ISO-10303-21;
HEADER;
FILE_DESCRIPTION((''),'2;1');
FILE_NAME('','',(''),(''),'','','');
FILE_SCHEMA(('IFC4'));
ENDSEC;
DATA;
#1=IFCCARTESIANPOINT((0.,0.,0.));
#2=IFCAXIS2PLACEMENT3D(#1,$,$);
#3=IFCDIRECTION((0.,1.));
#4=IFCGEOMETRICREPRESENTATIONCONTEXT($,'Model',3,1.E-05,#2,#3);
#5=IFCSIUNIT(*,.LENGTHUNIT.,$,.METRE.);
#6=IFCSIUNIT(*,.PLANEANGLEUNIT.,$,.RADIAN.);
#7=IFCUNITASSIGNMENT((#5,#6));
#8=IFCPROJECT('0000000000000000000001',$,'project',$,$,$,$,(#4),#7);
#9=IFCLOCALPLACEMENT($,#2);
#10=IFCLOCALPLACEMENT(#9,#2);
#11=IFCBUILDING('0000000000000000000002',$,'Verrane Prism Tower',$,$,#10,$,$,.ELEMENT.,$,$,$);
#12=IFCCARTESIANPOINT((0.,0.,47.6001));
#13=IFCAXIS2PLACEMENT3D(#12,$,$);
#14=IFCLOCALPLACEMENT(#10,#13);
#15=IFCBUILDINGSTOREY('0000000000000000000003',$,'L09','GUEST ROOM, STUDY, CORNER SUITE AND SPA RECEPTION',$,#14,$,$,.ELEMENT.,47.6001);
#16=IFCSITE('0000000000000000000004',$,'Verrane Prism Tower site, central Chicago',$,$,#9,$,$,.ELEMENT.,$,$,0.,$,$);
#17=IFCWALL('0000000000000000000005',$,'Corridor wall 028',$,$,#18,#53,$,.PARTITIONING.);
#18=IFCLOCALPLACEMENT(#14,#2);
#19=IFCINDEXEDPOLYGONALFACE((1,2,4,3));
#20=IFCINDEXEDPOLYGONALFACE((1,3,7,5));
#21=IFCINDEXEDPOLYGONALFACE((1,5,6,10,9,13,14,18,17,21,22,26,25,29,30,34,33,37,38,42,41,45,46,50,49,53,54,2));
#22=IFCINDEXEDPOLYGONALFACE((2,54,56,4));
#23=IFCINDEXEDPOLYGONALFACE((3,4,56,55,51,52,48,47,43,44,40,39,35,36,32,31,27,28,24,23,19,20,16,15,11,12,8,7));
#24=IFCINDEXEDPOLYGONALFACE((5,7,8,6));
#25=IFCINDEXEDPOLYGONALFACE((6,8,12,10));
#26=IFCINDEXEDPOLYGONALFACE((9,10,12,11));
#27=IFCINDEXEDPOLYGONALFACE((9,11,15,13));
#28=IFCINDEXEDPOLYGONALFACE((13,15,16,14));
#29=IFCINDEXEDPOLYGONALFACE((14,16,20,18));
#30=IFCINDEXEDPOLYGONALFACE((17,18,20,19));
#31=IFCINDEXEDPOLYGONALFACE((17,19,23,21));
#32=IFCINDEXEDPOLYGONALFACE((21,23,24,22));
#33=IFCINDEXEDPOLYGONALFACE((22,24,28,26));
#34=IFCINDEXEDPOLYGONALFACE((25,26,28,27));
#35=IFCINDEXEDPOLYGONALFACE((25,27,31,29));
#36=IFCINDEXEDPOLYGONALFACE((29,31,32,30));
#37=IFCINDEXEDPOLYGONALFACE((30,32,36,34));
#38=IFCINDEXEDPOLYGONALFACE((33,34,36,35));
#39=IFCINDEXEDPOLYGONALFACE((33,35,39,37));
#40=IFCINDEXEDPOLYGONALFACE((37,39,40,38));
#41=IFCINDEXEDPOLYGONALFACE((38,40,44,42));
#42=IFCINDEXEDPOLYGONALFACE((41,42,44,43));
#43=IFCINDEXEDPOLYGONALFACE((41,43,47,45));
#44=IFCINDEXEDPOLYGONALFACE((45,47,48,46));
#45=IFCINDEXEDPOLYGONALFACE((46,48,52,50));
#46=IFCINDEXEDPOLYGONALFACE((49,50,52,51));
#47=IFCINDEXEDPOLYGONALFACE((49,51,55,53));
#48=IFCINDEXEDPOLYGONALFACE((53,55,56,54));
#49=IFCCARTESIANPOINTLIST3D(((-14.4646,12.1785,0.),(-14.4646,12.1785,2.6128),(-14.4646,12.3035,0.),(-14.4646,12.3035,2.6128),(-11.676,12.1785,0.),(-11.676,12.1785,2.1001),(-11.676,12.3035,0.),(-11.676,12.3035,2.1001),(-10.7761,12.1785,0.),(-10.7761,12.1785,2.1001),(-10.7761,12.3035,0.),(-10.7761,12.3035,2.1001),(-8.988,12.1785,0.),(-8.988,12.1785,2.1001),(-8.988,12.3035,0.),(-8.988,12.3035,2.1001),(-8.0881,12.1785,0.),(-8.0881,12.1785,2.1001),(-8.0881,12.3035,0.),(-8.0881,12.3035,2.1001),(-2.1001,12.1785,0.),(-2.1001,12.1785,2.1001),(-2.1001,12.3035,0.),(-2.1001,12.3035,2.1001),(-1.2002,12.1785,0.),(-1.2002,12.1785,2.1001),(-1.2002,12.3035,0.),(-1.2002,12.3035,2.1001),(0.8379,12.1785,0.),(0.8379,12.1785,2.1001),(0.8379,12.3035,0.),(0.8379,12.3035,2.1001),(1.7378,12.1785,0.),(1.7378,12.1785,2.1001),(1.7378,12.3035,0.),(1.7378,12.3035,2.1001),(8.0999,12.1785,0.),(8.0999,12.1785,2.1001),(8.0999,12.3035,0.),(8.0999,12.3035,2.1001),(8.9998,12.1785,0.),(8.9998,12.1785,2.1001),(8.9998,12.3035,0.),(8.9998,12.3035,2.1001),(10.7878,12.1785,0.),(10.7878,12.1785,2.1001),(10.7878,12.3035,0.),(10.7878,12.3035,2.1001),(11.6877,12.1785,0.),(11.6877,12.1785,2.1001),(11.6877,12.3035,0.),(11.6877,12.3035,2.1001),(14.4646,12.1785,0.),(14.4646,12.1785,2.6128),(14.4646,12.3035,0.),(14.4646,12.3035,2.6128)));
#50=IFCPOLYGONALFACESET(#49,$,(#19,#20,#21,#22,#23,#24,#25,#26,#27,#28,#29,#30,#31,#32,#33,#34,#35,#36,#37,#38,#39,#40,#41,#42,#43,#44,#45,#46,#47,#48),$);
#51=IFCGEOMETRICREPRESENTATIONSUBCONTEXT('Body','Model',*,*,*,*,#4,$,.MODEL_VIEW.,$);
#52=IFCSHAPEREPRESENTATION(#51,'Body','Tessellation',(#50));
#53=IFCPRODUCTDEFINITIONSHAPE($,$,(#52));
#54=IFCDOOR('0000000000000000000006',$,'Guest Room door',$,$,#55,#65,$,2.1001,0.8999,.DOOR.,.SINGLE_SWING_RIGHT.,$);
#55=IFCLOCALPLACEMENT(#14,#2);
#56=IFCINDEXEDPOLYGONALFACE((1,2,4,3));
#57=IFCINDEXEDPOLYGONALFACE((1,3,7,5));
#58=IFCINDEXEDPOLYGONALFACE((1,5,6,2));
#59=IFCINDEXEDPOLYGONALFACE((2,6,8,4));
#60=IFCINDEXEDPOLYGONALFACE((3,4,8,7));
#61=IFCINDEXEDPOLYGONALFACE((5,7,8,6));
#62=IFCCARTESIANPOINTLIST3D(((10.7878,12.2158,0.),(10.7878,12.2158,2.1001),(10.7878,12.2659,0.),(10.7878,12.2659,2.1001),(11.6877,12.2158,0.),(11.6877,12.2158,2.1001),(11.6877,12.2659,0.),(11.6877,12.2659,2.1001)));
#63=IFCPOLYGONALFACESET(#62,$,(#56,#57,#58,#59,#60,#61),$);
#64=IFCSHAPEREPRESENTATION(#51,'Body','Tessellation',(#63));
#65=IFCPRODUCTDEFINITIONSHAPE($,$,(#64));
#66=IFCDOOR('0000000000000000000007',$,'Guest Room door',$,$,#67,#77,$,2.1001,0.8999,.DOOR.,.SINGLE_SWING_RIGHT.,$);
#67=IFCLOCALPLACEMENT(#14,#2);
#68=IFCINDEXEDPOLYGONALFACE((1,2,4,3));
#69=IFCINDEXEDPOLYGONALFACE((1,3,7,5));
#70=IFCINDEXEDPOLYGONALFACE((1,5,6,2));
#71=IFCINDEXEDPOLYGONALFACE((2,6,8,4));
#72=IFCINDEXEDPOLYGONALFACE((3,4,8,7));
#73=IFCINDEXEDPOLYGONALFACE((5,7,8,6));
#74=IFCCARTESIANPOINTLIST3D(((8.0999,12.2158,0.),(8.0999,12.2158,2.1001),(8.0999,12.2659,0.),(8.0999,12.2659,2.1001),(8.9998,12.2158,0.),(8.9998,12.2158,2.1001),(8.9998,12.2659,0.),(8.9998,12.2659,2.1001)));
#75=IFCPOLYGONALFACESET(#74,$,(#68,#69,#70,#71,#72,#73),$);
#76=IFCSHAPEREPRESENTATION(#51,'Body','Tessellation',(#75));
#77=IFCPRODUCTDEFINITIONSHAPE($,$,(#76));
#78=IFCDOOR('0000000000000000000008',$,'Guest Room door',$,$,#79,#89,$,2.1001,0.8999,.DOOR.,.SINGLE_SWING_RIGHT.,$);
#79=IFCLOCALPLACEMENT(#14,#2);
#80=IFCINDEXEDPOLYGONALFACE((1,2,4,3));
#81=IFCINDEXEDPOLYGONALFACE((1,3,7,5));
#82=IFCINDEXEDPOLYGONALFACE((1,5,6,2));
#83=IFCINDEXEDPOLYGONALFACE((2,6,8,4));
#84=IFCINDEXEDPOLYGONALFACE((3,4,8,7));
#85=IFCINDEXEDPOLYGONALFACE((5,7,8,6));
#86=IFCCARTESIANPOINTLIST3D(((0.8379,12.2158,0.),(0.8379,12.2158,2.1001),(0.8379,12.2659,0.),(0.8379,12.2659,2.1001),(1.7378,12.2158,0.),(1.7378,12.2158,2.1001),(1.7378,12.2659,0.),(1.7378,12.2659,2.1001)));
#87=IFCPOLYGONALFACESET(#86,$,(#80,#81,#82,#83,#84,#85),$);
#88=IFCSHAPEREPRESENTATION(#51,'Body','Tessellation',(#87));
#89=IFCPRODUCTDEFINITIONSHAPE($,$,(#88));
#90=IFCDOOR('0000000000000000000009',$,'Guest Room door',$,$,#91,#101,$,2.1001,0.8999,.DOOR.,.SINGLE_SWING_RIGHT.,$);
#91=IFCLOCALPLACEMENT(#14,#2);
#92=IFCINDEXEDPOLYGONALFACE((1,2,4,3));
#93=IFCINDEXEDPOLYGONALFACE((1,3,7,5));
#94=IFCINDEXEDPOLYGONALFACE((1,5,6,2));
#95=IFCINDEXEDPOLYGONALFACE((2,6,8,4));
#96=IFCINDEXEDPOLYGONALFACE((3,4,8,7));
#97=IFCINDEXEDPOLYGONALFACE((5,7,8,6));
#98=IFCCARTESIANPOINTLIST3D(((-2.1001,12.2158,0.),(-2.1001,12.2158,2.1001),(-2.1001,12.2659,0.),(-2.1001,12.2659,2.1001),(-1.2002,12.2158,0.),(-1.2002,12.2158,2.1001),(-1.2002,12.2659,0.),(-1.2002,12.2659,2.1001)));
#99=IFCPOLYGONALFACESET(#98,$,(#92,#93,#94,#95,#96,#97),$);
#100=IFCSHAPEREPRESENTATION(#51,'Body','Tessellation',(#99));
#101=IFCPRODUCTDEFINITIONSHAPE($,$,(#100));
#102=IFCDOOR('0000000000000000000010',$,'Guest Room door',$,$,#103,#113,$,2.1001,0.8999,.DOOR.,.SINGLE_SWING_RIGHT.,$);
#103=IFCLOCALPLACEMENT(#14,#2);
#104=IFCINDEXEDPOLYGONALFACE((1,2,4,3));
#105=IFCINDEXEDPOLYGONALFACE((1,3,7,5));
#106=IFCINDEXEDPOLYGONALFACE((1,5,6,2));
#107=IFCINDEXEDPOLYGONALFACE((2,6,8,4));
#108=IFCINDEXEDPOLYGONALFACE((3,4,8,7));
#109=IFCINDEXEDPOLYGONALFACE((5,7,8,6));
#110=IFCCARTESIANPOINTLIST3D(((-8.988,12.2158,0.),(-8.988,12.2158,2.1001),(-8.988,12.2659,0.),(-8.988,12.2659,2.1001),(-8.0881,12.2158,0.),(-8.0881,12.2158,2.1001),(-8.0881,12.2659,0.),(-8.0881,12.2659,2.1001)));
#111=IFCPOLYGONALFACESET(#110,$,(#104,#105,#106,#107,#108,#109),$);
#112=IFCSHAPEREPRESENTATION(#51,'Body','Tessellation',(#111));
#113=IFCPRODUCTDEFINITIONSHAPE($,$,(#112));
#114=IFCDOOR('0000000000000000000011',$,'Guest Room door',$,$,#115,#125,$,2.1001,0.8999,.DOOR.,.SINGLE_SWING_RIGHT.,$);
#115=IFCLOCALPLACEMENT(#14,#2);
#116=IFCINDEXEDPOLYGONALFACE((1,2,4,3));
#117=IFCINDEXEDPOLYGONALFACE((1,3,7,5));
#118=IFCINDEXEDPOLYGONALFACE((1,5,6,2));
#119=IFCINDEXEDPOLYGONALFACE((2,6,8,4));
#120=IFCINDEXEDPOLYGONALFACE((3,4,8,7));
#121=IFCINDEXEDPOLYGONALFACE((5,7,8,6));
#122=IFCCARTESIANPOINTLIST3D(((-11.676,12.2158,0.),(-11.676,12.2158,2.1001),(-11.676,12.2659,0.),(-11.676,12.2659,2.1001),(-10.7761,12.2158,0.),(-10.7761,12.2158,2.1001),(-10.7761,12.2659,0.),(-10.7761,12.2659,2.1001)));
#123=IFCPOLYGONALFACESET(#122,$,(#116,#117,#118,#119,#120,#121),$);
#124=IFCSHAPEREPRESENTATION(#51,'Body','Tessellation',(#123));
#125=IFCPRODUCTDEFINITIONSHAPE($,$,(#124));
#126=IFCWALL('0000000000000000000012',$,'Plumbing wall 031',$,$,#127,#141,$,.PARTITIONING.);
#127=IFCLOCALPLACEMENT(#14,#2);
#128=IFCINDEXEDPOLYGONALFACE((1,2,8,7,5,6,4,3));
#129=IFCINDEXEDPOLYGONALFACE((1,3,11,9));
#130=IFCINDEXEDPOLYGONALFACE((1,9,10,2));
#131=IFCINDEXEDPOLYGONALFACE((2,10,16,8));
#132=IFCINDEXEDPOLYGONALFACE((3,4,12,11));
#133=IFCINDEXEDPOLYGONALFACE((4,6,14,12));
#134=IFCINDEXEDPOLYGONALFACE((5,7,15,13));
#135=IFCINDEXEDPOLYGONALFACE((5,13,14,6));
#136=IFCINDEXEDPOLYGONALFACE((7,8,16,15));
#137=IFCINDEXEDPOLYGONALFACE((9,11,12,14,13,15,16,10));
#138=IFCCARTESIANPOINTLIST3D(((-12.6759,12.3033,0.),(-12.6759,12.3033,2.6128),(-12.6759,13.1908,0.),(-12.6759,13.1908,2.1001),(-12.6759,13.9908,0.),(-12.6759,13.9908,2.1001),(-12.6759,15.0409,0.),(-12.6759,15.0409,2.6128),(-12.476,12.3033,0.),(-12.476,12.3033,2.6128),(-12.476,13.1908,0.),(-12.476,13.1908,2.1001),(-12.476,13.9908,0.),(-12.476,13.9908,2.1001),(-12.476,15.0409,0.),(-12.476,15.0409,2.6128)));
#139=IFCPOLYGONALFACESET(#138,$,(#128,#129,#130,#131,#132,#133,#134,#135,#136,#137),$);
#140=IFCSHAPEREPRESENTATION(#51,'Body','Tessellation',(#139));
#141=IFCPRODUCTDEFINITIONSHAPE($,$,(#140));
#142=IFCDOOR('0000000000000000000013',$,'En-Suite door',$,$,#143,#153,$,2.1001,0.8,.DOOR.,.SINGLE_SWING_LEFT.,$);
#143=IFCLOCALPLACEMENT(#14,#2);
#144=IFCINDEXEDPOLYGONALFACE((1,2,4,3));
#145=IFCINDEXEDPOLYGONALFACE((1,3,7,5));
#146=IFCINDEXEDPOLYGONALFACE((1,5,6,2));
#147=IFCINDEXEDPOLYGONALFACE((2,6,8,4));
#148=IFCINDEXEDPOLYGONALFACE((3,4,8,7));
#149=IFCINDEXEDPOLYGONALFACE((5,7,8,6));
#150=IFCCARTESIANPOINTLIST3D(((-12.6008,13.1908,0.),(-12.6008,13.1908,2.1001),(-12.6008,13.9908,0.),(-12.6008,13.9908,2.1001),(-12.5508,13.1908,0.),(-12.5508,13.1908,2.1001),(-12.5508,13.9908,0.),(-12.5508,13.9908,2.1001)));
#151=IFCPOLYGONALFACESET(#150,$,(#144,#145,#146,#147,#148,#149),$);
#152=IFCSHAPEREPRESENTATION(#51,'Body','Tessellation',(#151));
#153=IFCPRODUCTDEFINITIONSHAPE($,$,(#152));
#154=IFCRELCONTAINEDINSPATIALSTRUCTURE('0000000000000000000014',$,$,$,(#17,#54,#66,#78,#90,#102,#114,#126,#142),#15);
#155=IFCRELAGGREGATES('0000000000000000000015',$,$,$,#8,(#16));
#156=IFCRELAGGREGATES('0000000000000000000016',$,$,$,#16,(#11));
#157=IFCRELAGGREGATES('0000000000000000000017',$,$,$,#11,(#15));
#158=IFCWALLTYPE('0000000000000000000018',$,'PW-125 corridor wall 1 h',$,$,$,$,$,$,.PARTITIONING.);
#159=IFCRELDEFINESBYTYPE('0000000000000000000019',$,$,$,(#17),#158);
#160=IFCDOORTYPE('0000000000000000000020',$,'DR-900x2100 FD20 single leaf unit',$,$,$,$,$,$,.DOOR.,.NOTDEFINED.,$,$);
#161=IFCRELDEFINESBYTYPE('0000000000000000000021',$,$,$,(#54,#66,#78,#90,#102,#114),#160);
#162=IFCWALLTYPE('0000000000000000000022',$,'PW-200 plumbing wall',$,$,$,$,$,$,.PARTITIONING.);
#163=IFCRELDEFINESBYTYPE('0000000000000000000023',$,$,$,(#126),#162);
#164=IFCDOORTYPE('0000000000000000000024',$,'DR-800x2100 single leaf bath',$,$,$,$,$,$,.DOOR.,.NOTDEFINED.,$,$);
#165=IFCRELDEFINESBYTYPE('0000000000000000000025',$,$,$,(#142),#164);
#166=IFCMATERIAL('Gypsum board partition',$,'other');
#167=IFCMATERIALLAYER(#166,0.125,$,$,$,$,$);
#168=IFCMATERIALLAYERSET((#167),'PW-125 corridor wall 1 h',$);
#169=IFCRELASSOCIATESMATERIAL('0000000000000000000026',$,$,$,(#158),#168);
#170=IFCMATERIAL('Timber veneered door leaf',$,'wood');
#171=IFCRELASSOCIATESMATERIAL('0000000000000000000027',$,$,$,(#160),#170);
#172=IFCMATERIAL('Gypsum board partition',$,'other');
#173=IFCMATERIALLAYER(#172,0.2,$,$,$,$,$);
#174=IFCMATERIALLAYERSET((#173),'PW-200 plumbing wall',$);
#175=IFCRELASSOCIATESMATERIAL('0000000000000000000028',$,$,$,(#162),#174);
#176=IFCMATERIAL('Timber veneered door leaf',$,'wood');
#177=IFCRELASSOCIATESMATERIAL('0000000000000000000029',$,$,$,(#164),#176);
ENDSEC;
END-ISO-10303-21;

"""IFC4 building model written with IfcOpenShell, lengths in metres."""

from ifc_helpers import new_model, si_unit, direction, frame, frame_2d, origin, place, context, subcontext, project, spatial, rectangle, extrude, material, layer, layer_set, type_object, element, fill, save


model = new_model("IFC4")

# Units and contexts
model_context = context("Model", 3, precision=1e-05, world=origin(), true_north=direction((0.0, 1.0)))
body_context = subcontext(model_context, "Body", "Model", "MODEL_VIEW")
ifc_project = project(units=[si_unit("LENGTHUNIT", "METRE"), si_unit("PLANEANGLEUNIT", "RADIAN")], contexts=[model_context])

# Site, building, storey
site_placement = place(None, origin())
site = spatial("IfcSite", under=ifc_project, at=site_placement, Name="Verrane Prism Tower site, central Chicago", CompositionType="ELEMENT", RefElevation=0.0)
building_placement = place(site_placement, origin())
building = spatial("IfcBuilding", under=site, at=building_placement, Name="Verrane Prism Tower", CompositionType="ELEMENT")
storey_placement = place(building_placement, frame((0.0, 0.0, 47.6001)))
storey = spatial("IfcBuildingStorey", under=building, at=storey_placement, Name="L09", Description="GUEST ROOM, STUDY, CORNER SUITE AND SPA RECEPTION", CompositionType="ELEMENT", Elevation=47.6001)

# Wall, openings, doors
ifc_material_1 = material(Name="Gypsum board partition", Category="other")
ifc_layer_1 = layer(ifc_material_1, 0.125)
ifc_layer_set_1 = layer_set([ifc_layer_1], Name="PW-125 corridor wall 1 h")
wall_type_1 = type_object("IfcWallType", Name="PW-125 corridor wall 1 h", PredefinedType="PARTITIONING", material=ifc_layer_set_1)
wall_1_placement = place(storey_placement, frame((-14.4646, 12.241, 0.0), z_axis=(0.0, 0.0, 1.0), x_axis=(1.0, 0.0, 0.0)))
wall_1 = element("IfcWall", 1, at=wall_1_placement, inside=storey, type_object=wall_type_1, Name="Corridor wall 028", PredefinedType="PARTITIONING", context=body_context, shape_type="SweptSolid", body=[
    extrude(rectangle(XDim=28.9292, YDim=0.125, at=frame_2d((14.4646, 0.0))), origin(), (0.0, 0.0, 1.0), 2.6128),
])
opening_1_placement = place(wall_1_placement, frame((25.2524, 0.0, 0.0)))
opening_1 = element("IfcOpeningElement", 2, at=opening_1_placement, cuts=wall_1, PredefinedType="OPENING", context=body_context, shape_type="SweptSolid", body=[
    extrude(rectangle(XDim=0.8999, YDim=2.1001, at=frame_2d((0.45, 1.05))), frame((0.0, 0.0725, 0.0), z_axis=(0.0, -1.0, 0.0), x_axis=(1.0, 0.0, 0.0)), (0.0, 0.0, 1.0), 0.145),
])
opening_2_placement = place(wall_1_placement, frame((22.5645, 0.0, 0.0)))
opening_2 = element("IfcOpeningElement", 3, at=opening_2_placement, cuts=wall_1, PredefinedType="OPENING", context=body_context, shape_type="SweptSolid", body=[
    extrude(rectangle(XDim=0.8999, YDim=2.1001, at=frame_2d((0.45, 1.05))), frame((0.0, 0.0725, 0.0), z_axis=(0.0, -1.0, 0.0), x_axis=(1.0, 0.0, 0.0)), (0.0, 0.0, 1.0), 0.145),
])
opening_3_placement = place(wall_1_placement, frame((15.3025, 0.0, 0.0)))
opening_3 = element("IfcOpeningElement", 4, at=opening_3_placement, cuts=wall_1, PredefinedType="OPENING", context=body_context, shape_type="SweptSolid", body=[
    extrude(rectangle(XDim=0.8999, YDim=2.1001, at=frame_2d((0.45, 1.05))), frame((0.0, 0.0725, 0.0), z_axis=(0.0, -1.0, 0.0), x_axis=(1.0, 0.0, 0.0)), (0.0, 0.0, 1.0), 0.145),
])
opening_4_placement = place(wall_1_placement, frame((12.3645, 0.0, 0.0)))
opening_4 = element("IfcOpeningElement", 5, at=opening_4_placement, cuts=wall_1, PredefinedType="OPENING", context=body_context, shape_type="SweptSolid", body=[
    extrude(rectangle(XDim=0.8999, YDim=2.1001, at=frame_2d((0.45, 1.05))), frame((0.0, 0.0725, 0.0), z_axis=(0.0, -1.0, 0.0), x_axis=(1.0, 0.0, 0.0)), (0.0, 0.0, 1.0), 0.145),
])
opening_5_placement = place(wall_1_placement, frame((5.4766, 0.0, 0.0)))
opening_5 = element("IfcOpeningElement", 6, at=opening_5_placement, cuts=wall_1, PredefinedType="OPENING", context=body_context, shape_type="SweptSolid", body=[
    extrude(rectangle(XDim=0.8999, YDim=2.1001, at=frame_2d((0.45, 1.05))), frame((0.0, 0.0725, 0.0), z_axis=(0.0, -1.0, 0.0), x_axis=(1.0, 0.0, 0.0)), (0.0, 0.0, 1.0), 0.145),
])
opening_6_placement = place(wall_1_placement, frame((2.7886, 0.0, 0.0)))
opening_6 = element("IfcOpeningElement", 7, at=opening_6_placement, cuts=wall_1, PredefinedType="OPENING", context=body_context, shape_type="SweptSolid", body=[
    extrude(rectangle(XDim=0.8999, YDim=2.1001, at=frame_2d((0.45, 1.05))), frame((0.0, 0.0725, 0.0), z_axis=(0.0, -1.0, 0.0), x_axis=(1.0, 0.0, 0.0)), (0.0, 0.0, 1.0), 0.145),
])
ifc_material_2 = material(Name="Timber veneered door leaf", Category="wood")
door_type_1 = type_object("IfcDoorType", Name="DR-900x2100 FD20 single leaf unit", OperationType="NOTDEFINED", PredefinedType="DOOR", material=ifc_material_2)
door_1_placement = place(opening_1_placement, origin())
door_1 = element("IfcDoor", 8, at=door_1_placement, inside=storey, type_object=door_type_1, Name="Guest Room door", OperationType="SINGLE_SWING_RIGHT", OverallHeight=2.1001, OverallWidth=0.8999, PredefinedType="DOOR", context=body_context, shape_type="SweptSolid", body=[
    extrude(rectangle(XDim=0.8999, YDim=2.1001, at=frame_2d((0.45, 1.05))), frame((0.0, 0.0249, 0.0), z_axis=(0.0, -1.0, 0.0), x_axis=(1.0, 0.0, 0.0)), (0.0, 0.0, 1.0), 0.05),
])
fill(opening_1, door_1)
door_2_placement = place(opening_2_placement, origin())
door_2 = element("IfcDoor", 9, at=door_2_placement, inside=storey, type_object=door_type_1, Name="Guest Room door", OperationType="SINGLE_SWING_RIGHT", OverallHeight=2.1001, OverallWidth=0.8999, PredefinedType="DOOR", context=body_context, shape_type="SweptSolid", body=[
    extrude(rectangle(XDim=0.8999, YDim=2.1001, at=frame_2d((0.45, 1.05))), frame((0.0, 0.0249, 0.0), z_axis=(0.0, -1.0, 0.0), x_axis=(1.0, 0.0, 0.0)), (0.0, 0.0, 1.0), 0.05),
])
fill(opening_2, door_2)
door_3_placement = place(opening_3_placement, origin())
door_3 = element("IfcDoor", 10, at=door_3_placement, inside=storey, type_object=door_type_1, Name="Guest Room door", OperationType="SINGLE_SWING_RIGHT", OverallHeight=2.1001, OverallWidth=0.8999, PredefinedType="DOOR", context=body_context, shape_type="SweptSolid", body=[
    extrude(rectangle(XDim=0.8999, YDim=2.1001, at=frame_2d((0.45, 1.05))), frame((0.0, 0.0249, 0.0), z_axis=(0.0, -1.0, 0.0), x_axis=(1.0, 0.0, 0.0)), (0.0, 0.0, 1.0), 0.05),
])
fill(opening_3, door_3)
door_4_placement = place(opening_4_placement, origin())
door_4 = element("IfcDoor", 11, at=door_4_placement, inside=storey, type_object=door_type_1, Name="Guest Room door", OperationType="SINGLE_SWING_RIGHT", OverallHeight=2.1001, OverallWidth=0.8999, PredefinedType="DOOR", context=body_context, shape_type="SweptSolid", body=[
    extrude(rectangle(XDim=0.8999, YDim=2.1001, at=frame_2d((0.45, 1.05))), frame((0.0, 0.0249, 0.0), z_axis=(0.0, -1.0, 0.0), x_axis=(1.0, 0.0, 0.0)), (0.0, 0.0, 1.0), 0.05),
])
fill(opening_4, door_4)
door_5_placement = place(opening_5_placement, origin())
door_5 = element("IfcDoor", 12, at=door_5_placement, inside=storey, type_object=door_type_1, Name="Guest Room door", OperationType="SINGLE_SWING_RIGHT", OverallHeight=2.1001, OverallWidth=0.8999, PredefinedType="DOOR", context=body_context, shape_type="SweptSolid", body=[
    extrude(rectangle(XDim=0.8999, YDim=2.1001, at=frame_2d((0.45, 1.05))), frame((0.0, 0.0249, 0.0), z_axis=(0.0, -1.0, 0.0), x_axis=(1.0, 0.0, 0.0)), (0.0, 0.0, 1.0), 0.05),
])
fill(opening_5, door_5)
door_6_placement = place(opening_6_placement, origin())
door_6 = element("IfcDoor", 13, at=door_6_placement, inside=storey, type_object=door_type_1, Name="Guest Room door", OperationType="SINGLE_SWING_RIGHT", OverallHeight=2.1001, OverallWidth=0.8999, PredefinedType="DOOR", context=body_context, shape_type="SweptSolid", body=[
    extrude(rectangle(XDim=0.8999, YDim=2.1001, at=frame_2d((0.45, 1.05))), frame((0.0, 0.0249, 0.0), z_axis=(0.0, -1.0, 0.0), x_axis=(1.0, 0.0, 0.0)), (0.0, 0.0, 1.0), 0.05),
])
fill(opening_6, door_6)

# Wall, opening, door
ifc_material_3 = material(Name="Gypsum board partition", Category="other")
ifc_layer_2 = layer(ifc_material_3, 0.2)
ifc_layer_set_2 = layer_set([ifc_layer_2], Name="PW-200 plumbing wall")
wall_type_2 = type_object("IfcWallType", Name="PW-200 plumbing wall", PredefinedType="PARTITIONING", material=ifc_layer_set_2)
wall_2_placement = place(storey_placement, frame((-12.5759, 12.3035, 0.0), z_axis=(0.0, 0.0, 1.0), x_axis=(0.0, 1.0, 0.0)))
wall_2 = element("IfcWall", 14, at=wall_2_placement, inside=storey, type_object=wall_type_2, Name="Plumbing wall 031", PredefinedType="PARTITIONING", context=body_context, shape_type="SweptSolid", body=[
    extrude(rectangle(XDim=2.7375, YDim=0.2, at=frame_2d((1.3687, 0.0))), origin(), (0.0, 0.0, 1.0), 2.6128),
])
opening_7_placement = place(wall_2_placement, frame((0.8875, 0.0, 0.0)))
opening_7 = element("IfcOpeningElement", 15, at=opening_7_placement, cuts=wall_2, PredefinedType="OPENING", context=body_context, shape_type="SweptSolid", body=[
    extrude(rectangle(XDim=0.8, YDim=2.1001, at=frame_2d((0.3999, 1.05))), frame((0.0, 0.1099, 0.0), z_axis=(0.0, -1.0, 0.0), x_axis=(1.0, 0.0, 0.0)), (0.0, 0.0, 1.0), 0.22),
])
ifc_material_4 = material(Name="Timber veneered door leaf", Category="wood")
door_type_2 = type_object("IfcDoorType", Name="DR-800x2100 single leaf bath", OperationType="NOTDEFINED", PredefinedType="DOOR", material=ifc_material_4)
door_7_placement = place(opening_7_placement, origin())
door_7 = element("IfcDoor", 16, at=door_7_placement, inside=storey, type_object=door_type_2, Name="En-Suite door", OperationType="SINGLE_SWING_LEFT", OverallHeight=2.1001, OverallWidth=0.8, PredefinedType="DOOR", context=body_context, shape_type="SweptSolid", body=[
    extrude(rectangle(XDim=0.8, YDim=2.1001, at=frame_2d((0.3999, 1.05))), frame((0.0, 0.0249, 0.0), z_axis=(0.0, -1.0, 0.0), x_axis=(1.0, 0.0, 0.0)), (0.0, 0.0, 1.0), 0.05),
])
fill(opening_7, door_7)

save(model, "model.ifc")
